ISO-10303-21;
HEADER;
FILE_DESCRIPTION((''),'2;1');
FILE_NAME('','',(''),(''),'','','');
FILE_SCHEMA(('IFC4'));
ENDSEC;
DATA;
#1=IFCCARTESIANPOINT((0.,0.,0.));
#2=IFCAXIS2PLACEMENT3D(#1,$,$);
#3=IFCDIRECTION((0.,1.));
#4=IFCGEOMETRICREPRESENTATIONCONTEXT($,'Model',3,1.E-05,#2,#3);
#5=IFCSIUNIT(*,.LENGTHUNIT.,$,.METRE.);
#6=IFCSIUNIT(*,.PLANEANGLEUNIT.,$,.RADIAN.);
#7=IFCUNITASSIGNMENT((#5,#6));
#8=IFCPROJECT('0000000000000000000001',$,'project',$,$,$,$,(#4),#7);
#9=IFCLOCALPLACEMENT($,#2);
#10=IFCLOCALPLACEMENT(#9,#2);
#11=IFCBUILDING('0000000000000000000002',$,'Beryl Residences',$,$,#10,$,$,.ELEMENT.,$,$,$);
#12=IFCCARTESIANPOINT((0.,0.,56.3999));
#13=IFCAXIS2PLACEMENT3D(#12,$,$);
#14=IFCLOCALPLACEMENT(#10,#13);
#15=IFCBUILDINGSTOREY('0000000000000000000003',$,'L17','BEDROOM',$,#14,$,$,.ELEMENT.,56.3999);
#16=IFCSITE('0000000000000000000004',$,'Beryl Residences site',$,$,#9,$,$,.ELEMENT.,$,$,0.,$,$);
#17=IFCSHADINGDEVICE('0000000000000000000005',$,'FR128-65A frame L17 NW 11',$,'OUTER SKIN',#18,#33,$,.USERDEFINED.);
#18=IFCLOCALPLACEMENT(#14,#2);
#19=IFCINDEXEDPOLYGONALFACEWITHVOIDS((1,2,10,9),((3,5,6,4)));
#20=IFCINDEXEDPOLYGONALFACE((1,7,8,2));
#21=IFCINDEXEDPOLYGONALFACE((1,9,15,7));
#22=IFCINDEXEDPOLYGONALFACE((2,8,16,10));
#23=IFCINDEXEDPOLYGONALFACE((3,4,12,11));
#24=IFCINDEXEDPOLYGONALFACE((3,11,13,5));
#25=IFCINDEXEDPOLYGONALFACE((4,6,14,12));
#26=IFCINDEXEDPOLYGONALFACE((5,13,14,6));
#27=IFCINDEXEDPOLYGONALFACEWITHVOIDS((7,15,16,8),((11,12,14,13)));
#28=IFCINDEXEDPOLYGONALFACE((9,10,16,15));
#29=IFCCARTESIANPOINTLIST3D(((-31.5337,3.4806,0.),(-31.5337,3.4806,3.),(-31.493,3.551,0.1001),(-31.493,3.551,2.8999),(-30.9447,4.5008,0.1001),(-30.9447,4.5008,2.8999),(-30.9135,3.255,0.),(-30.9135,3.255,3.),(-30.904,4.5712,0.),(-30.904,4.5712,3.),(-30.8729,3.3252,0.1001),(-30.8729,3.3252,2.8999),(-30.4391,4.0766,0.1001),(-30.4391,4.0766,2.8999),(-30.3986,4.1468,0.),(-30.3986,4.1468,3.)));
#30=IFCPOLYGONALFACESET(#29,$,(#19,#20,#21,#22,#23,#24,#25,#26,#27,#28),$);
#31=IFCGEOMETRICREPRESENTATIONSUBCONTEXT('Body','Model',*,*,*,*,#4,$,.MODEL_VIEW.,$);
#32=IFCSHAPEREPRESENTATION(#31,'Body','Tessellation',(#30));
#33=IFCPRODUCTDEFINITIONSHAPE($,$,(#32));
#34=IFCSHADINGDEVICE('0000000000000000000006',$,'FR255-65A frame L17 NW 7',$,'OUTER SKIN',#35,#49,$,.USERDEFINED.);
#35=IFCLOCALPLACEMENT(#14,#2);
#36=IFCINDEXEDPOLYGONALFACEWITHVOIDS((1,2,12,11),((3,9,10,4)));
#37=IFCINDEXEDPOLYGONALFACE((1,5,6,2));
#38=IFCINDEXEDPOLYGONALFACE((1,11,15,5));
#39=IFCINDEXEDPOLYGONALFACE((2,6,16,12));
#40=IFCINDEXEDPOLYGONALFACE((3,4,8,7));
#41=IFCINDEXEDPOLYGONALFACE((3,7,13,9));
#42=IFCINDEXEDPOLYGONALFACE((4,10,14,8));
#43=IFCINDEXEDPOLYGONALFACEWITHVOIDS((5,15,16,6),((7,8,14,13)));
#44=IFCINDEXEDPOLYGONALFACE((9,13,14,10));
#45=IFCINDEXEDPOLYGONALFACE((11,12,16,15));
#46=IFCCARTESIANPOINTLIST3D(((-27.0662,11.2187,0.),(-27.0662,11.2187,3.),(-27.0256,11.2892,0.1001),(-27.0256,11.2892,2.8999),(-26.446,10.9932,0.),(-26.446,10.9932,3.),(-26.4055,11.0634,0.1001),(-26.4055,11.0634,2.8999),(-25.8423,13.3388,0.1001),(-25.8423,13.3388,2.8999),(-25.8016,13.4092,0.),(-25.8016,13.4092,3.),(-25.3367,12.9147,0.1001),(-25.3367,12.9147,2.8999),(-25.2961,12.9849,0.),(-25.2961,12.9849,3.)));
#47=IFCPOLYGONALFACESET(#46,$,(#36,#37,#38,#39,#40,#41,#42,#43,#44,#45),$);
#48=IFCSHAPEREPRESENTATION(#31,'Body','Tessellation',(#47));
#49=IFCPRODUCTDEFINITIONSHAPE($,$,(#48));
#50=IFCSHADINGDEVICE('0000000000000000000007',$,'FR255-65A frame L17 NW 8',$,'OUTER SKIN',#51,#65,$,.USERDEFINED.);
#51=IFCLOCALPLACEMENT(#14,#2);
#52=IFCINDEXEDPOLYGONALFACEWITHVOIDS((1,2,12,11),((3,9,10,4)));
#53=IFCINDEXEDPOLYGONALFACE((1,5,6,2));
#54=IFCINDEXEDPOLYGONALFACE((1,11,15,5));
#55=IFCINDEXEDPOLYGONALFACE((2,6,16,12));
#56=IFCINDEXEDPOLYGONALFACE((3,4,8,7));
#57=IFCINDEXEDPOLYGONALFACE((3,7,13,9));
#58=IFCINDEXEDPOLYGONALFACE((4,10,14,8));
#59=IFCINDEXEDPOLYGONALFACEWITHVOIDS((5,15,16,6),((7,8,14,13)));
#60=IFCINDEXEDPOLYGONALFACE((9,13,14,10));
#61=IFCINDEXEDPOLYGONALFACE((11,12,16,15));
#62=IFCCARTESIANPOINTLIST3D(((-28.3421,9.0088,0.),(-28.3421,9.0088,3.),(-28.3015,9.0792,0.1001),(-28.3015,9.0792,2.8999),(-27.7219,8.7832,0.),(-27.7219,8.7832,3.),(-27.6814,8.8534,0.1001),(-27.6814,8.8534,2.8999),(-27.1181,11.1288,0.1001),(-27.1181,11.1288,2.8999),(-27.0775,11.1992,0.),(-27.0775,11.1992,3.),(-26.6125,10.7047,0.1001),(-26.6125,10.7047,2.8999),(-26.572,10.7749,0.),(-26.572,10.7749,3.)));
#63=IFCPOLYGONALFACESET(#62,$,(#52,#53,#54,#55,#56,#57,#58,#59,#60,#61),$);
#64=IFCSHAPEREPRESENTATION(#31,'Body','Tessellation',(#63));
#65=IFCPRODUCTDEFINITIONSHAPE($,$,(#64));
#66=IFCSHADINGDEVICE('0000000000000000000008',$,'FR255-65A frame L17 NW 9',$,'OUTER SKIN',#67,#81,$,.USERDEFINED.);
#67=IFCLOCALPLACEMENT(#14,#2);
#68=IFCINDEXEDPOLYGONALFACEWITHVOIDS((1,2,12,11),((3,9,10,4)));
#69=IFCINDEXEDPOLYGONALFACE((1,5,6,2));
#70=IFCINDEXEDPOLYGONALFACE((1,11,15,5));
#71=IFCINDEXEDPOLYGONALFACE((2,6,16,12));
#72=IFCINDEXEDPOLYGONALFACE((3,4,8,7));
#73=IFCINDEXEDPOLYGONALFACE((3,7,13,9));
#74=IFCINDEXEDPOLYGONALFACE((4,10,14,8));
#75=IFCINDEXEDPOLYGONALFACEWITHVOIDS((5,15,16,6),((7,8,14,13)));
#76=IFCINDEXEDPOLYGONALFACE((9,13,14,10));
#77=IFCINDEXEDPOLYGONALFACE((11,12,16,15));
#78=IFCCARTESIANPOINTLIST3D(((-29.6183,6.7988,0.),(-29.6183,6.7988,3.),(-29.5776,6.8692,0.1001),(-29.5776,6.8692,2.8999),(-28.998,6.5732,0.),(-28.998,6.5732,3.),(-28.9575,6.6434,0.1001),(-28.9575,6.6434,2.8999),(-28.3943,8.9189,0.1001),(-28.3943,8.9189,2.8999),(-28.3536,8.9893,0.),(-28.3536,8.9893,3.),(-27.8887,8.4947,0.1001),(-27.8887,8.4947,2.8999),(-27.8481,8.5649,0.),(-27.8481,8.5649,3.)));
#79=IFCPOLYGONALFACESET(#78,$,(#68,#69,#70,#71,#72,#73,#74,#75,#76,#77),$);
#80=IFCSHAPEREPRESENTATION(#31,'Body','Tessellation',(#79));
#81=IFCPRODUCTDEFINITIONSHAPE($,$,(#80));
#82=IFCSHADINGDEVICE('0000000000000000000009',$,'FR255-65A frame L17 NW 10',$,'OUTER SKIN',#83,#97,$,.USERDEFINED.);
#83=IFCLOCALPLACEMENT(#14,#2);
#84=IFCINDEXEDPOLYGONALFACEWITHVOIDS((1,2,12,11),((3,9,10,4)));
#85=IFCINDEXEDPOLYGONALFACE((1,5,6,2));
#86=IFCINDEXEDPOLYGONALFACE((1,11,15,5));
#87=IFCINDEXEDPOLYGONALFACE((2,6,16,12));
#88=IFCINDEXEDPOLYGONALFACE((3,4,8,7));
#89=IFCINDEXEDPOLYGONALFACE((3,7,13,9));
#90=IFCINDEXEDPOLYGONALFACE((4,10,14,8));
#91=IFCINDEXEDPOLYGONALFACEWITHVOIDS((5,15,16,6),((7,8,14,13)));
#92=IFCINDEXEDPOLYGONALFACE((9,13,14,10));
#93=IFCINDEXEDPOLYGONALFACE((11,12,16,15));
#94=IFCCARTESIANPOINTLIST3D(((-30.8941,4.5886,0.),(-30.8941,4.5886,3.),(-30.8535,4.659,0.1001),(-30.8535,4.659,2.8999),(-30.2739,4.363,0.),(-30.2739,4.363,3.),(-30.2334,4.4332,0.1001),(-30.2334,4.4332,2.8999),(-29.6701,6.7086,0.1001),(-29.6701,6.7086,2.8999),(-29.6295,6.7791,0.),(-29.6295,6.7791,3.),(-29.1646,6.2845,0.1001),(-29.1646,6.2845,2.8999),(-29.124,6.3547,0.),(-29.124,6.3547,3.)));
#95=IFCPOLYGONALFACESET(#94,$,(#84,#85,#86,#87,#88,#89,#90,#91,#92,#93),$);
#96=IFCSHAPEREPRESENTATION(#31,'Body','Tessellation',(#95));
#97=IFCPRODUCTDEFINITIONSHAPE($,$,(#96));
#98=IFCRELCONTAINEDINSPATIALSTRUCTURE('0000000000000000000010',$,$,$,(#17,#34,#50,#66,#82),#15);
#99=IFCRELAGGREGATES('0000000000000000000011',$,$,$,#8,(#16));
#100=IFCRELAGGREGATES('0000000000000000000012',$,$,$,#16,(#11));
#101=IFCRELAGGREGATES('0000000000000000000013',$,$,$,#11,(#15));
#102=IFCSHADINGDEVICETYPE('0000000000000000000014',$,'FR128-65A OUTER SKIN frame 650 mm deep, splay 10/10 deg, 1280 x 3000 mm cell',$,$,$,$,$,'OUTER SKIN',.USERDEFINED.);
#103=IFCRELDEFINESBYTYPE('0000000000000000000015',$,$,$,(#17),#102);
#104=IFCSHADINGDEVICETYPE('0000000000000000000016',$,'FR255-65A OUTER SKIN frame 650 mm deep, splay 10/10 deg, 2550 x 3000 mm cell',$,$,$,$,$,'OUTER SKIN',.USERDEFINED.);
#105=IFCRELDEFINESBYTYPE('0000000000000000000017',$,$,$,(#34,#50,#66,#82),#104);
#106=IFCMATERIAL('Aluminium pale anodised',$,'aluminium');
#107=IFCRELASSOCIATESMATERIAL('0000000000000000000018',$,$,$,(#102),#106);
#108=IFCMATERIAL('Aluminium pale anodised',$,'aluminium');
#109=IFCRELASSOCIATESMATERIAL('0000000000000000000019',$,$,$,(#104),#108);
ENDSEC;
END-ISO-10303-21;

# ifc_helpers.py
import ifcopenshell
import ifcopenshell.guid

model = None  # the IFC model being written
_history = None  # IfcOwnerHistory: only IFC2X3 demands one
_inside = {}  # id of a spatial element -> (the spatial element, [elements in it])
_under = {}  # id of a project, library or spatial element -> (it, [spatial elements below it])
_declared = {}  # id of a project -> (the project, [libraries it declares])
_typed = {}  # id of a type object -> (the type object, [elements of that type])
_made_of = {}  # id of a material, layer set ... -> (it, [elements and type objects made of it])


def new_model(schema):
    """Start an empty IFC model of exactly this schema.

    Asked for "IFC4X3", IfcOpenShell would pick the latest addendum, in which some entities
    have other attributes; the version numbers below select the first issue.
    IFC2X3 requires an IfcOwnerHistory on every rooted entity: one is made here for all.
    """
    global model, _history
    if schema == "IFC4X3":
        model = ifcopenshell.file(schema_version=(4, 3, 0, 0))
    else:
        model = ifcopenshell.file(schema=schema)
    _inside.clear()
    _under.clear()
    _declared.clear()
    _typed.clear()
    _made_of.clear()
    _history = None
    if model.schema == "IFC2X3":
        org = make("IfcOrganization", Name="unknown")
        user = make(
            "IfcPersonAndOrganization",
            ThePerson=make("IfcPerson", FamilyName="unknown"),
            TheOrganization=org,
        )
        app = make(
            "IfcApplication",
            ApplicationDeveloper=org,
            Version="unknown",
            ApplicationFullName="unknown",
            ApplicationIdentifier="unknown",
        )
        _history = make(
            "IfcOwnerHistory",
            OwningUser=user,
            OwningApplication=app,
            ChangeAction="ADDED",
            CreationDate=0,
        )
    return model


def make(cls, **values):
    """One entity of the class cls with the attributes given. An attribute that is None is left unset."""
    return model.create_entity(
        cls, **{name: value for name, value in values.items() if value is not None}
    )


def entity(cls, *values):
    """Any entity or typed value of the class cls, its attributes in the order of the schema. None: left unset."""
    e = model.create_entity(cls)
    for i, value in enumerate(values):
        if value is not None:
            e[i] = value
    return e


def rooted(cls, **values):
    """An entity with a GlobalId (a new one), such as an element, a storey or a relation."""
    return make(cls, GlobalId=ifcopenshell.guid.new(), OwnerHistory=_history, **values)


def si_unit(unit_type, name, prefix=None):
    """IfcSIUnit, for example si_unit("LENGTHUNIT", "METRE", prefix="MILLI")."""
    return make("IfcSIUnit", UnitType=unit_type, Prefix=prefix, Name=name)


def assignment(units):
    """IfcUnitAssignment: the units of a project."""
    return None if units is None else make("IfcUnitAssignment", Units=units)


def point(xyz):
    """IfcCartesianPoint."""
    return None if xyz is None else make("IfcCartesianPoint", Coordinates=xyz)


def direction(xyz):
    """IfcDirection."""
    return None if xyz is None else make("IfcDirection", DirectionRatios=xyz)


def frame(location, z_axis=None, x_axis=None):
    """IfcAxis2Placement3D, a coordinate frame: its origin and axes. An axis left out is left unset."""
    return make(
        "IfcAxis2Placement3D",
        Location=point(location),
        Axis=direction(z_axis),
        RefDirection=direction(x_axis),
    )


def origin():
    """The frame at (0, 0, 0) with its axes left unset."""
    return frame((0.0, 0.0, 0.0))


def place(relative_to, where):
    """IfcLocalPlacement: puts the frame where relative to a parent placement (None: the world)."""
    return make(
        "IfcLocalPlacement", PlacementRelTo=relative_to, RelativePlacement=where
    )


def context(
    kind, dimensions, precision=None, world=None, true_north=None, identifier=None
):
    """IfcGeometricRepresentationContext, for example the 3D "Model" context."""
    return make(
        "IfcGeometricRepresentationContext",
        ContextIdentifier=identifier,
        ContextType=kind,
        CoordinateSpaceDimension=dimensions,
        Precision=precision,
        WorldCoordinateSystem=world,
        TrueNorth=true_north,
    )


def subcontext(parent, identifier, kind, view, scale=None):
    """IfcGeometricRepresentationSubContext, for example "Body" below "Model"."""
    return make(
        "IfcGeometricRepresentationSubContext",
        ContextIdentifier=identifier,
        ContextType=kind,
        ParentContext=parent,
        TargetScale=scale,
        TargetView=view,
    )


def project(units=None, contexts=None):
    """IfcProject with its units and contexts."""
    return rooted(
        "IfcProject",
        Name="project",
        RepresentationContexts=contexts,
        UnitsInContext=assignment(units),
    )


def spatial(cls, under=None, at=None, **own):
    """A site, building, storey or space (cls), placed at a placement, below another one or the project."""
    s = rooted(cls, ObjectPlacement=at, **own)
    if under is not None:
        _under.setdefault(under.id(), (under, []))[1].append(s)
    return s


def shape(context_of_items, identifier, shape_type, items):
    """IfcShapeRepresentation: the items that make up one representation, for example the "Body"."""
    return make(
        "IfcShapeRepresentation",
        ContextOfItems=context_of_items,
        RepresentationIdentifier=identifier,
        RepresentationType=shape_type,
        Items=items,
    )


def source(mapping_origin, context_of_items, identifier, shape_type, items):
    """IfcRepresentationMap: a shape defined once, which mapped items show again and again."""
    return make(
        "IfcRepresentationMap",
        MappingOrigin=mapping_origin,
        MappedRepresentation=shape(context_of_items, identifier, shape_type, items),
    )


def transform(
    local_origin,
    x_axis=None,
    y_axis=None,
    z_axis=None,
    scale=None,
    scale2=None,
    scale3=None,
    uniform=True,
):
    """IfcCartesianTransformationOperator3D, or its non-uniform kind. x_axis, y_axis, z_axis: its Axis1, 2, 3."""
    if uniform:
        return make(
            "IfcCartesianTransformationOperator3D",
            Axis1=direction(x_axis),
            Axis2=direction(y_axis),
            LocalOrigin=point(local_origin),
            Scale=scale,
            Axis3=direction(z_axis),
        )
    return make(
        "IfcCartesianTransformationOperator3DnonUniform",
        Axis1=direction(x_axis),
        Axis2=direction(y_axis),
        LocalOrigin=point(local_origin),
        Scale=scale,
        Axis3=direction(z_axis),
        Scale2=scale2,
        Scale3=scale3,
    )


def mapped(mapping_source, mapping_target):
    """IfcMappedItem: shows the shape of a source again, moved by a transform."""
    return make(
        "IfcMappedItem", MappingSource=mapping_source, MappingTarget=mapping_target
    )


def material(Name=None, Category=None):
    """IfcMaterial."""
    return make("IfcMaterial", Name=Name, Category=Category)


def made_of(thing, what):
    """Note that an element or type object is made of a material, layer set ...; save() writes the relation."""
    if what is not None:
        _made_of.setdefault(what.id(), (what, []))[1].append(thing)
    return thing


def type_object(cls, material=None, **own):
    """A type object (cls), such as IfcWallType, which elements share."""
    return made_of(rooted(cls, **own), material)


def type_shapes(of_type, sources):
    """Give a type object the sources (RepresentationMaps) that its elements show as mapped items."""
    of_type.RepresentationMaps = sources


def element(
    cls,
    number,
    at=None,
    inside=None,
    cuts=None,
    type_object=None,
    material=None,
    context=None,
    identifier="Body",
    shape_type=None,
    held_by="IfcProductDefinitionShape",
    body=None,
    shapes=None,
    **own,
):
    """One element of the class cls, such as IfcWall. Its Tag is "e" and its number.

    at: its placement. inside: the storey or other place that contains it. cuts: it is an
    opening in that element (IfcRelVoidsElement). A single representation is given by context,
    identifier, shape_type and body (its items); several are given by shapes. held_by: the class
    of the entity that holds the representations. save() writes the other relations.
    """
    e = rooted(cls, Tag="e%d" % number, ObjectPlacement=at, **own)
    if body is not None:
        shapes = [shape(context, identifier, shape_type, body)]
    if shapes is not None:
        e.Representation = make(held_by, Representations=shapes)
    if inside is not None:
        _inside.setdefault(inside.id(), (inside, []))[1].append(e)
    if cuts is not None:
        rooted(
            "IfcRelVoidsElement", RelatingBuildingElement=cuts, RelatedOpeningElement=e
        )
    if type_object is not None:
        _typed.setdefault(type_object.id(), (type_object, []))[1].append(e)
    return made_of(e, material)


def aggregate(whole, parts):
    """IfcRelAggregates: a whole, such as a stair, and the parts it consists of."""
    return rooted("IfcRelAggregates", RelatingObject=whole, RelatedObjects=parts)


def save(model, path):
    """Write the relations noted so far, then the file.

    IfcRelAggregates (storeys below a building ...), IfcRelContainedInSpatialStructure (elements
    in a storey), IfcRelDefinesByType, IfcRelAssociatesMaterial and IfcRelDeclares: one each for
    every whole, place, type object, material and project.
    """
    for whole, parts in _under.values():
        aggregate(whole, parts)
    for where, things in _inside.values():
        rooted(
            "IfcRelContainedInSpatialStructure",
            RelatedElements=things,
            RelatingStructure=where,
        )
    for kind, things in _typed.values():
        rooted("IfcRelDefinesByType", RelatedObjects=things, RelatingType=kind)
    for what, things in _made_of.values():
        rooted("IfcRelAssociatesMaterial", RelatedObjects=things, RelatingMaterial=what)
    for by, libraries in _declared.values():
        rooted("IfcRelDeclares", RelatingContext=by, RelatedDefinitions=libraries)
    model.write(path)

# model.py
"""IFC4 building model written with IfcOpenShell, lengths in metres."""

from ifc_helpers import new_model, entity, si_unit, direction, frame, origin, place, context, subcontext, project, spatial, source, transform, mapped, material, type_object, type_shapes, element, save


model = new_model("IFC4")

# Units and contexts
model_context = context("Model", 3, precision=1e-05, world=origin(), true_north=direction((0.0, 1.0)))
body_context = subcontext(model_context, "Body", "Model", "MODEL_VIEW")
ifc_project = project(units=[si_unit("LENGTHUNIT", "METRE"), si_unit("PLANEANGLEUNIT", "RADIAN")], contexts=[model_context])

# Site, building, storey
site_placement = place(None, origin())
site = spatial("IfcSite", under=ifc_project, at=site_placement, Name="Beryl Residences site", CompositionType="ELEMENT", RefElevation=0.0)
building_placement = place(site_placement, origin())
building = spatial("IfcBuilding", under=site, at=building_placement, Name="Beryl Residences", CompositionType="ELEMENT")
storey_placement = place(building_placement, frame((0.0, 0.0, 56.3999)))
storey = spatial("IfcBuildingStorey", under=building, at=storey_placement, Name="L17", Description="BEDROOM", CompositionType="ELEMENT", Elevation=56.3999)

# Shading devices
ifc_material_1 = material(Name="Aluminium pale anodised", Category="aluminium")
shading_device_type_1 = type_object("IfcShadingDeviceType", Name="FR128-65A OUTER SKIN frame 650 mm deep, splay 10/10 deg, 1280 x 3000 mm cell", ElementType="OUTER SKIN", PredefinedType="USERDEFINED", material=ifc_material_1)
cartesian_point_1 = entity("IfcCartesianPoint", [-0.5149, 0.0])
cartesian_point_2 = entity("IfcCartesianPoint", [-0.4338, 0.1001])
cartesian_point_3 = entity("IfcCartesianPoint", [-0.6296, 0.0])
cartesian_point_4 = entity("IfcCartesianPoint", [-0.5483, 0.1001])
shared_shape_1 = source(origin(), body_context, "Body", "SweptSolid", [
    entity("IfcExtrudedAreaSolidTapered", entity("IfcArbitraryProfileDefWithVoids", "AREA", None, entity("IfcPolyline", [cartesian_point_1, entity("IfcCartesianPoint", [0.5149, 0.0]), entity("IfcCartesianPoint", [0.5149, 3.0]), entity("IfcCartesianPoint", [-0.5149, 3.0]), cartesian_point_1]), [entity("IfcPolyline", [cartesian_point_2, entity("IfcCartesianPoint", [0.4338, 0.1001]), entity("IfcCartesianPoint", [0.4338, 2.8999]), entity("IfcCartesianPoint", [-0.4338, 2.8999]), cartesian_point_2])]), entity("IfcAxis2Placement3D", entity("IfcCartesianPoint", [0.0, 0.0, 0.0]), entity("IfcDirection", [0.0, 1.0, 0.0]), entity("IfcDirection", [-1.0, 0.0, 0.0])), entity("IfcDirection", [0.0, 0.0, 1.0]), 0.6499, entity("IfcArbitraryProfileDefWithVoids", "AREA", None, entity("IfcPolyline", [cartesian_point_3, entity("IfcCartesianPoint", [0.6296, 0.0]), entity("IfcCartesianPoint", [0.6296, 3.0]), entity("IfcCartesianPoint", [-0.6296, 3.0]), cartesian_point_3]), [entity("IfcPolyline", [cartesian_point_4, entity("IfcCartesianPoint", [0.5483, 0.1001]), entity("IfcCartesianPoint", [0.5483, 2.8999]), entity("IfcCartesianPoint", [-0.5483, 2.8999]), cartesian_point_4])])),
])
type_shapes(shading_device_type_1, [shared_shape_1])
shading_device_placement = place(storey_placement, frame((-30.656, 3.7009, 0.0), z_axis=(0.0, 0.0, 1.0), x_axis=(0.5, 0.866025, 0.0)))
element("IfcShadingDevice", 1, at=shading_device_placement, inside=storey, type_object=shading_device_type_1, Name="FR128-65A frame L17 NW 11", ObjectType="OUTER SKIN", PredefinedType="USERDEFINED", context=body_context, shape_type="MappedRepresentation", body=[
    mapped(shared_shape_1, transform((0.0, 0.0, 0.0))),
])
ifc_material_2 = material(Name="Aluminium pale anodised", Category="aluminium")
shading_device_type_2 = type_object("IfcShadingDeviceType", Name="FR255-65A OUTER SKIN frame 650 mm deep, splay 10/10 deg, 2550 x 3000 mm cell", ElementType="OUTER SKIN", PredefinedType="USERDEFINED", material=ifc_material_2)
cartesian_point_5 = entity("IfcCartesianPoint", [-1.1499, 0.0])
cartesian_point_6 = entity("IfcCartesianPoint", [-1.0688, 0.1001])
cartesian_point_7 = entity("IfcCartesianPoint", [-1.2646, 0.0])
cartesian_point_8 = entity("IfcCartesianPoint", [-1.1833, 0.1001])
shared_shape_2 = source(origin(), body_context, "Body", "SweptSolid", [
    entity("IfcExtrudedAreaSolidTapered", entity("IfcArbitraryProfileDefWithVoids", "AREA", None, entity("IfcPolyline", [cartesian_point_5, entity("IfcCartesianPoint", [1.1499, 0.0]), entity("IfcCartesianPoint", [1.1499, 3.0]), entity("IfcCartesianPoint", [-1.1499, 3.0]), cartesian_point_5]), [entity("IfcPolyline", [cartesian_point_6, entity("IfcCartesianPoint", [1.0688, 0.1001]), entity("IfcCartesianPoint", [1.0688, 2.8999]), entity("IfcCartesianPoint", [-1.0688, 2.8999]), cartesian_point_6])]), entity("IfcAxis2Placement3D", entity("IfcCartesianPoint", [0.0, 0.0, 0.0]), entity("IfcDirection", [0.0, 1.0, 0.0]), entity("IfcDirection", [-1.0, 0.0, 0.0])), entity("IfcDirection", [0.0, 0.0, 1.0]), 0.6499, entity("IfcArbitraryProfileDefWithVoids", "AREA", None, entity("IfcPolyline", [cartesian_point_7, entity("IfcCartesianPoint", [1.2646, 0.0]), entity("IfcCartesianPoint", [1.2646, 3.0]), entity("IfcCartesianPoint", [-1.2646, 3.0]), cartesian_point_7]), [entity("IfcPolyline", [cartesian_point_8, entity("IfcCartesianPoint", [1.1833, 0.1001]), entity("IfcCartesianPoint", [1.1833, 2.8999]), entity("IfcCartesianPoint", [-1.1833, 2.8999]), cartesian_point_8])])),
])
type_shapes(shading_device_type_2, [shared_shape_2])
for number, where, z_axis, x_axis, name in (
    (2, (-25.8711, 11.989, 0.0), (0.0, 0.0, 1.0), (0.5, 0.866025, 0.0), "FR255-65A frame L17 NW 7"),
    (3, (-27.147, 9.7791, 0.0), (0.0, 0.0, 1.0), (0.5, 0.866025, 0.0), "FR255-65A frame L17 NW 8"),
    (4, (-28.4231, 7.5691, 0.0), (0.0, 0.0, 1.0), (0.5, 0.866025, 0.0), "FR255-65A frame L17 NW 9"),
    (5, (-29.699, 5.3589, 0.0), (0.0, 0.0, 1.0), (0.5, 0.866025, 0.0), "FR255-65A frame L17 NW 10"),
):
    element("IfcShadingDevice", number, at=place(storey_placement, frame(where, z_axis=z_axis, x_axis=x_axis)), inside=storey, type_object=shading_device_type_2, Name=name, ObjectType="OUTER SKIN", PredefinedType="USERDEFINED", context=body_context, shape_type="MappedRepresentation", body=[
        mapped(shared_shape_2, transform((0.0, 0.0, 0.0))),
    ])

save(model, "model.ifc")
